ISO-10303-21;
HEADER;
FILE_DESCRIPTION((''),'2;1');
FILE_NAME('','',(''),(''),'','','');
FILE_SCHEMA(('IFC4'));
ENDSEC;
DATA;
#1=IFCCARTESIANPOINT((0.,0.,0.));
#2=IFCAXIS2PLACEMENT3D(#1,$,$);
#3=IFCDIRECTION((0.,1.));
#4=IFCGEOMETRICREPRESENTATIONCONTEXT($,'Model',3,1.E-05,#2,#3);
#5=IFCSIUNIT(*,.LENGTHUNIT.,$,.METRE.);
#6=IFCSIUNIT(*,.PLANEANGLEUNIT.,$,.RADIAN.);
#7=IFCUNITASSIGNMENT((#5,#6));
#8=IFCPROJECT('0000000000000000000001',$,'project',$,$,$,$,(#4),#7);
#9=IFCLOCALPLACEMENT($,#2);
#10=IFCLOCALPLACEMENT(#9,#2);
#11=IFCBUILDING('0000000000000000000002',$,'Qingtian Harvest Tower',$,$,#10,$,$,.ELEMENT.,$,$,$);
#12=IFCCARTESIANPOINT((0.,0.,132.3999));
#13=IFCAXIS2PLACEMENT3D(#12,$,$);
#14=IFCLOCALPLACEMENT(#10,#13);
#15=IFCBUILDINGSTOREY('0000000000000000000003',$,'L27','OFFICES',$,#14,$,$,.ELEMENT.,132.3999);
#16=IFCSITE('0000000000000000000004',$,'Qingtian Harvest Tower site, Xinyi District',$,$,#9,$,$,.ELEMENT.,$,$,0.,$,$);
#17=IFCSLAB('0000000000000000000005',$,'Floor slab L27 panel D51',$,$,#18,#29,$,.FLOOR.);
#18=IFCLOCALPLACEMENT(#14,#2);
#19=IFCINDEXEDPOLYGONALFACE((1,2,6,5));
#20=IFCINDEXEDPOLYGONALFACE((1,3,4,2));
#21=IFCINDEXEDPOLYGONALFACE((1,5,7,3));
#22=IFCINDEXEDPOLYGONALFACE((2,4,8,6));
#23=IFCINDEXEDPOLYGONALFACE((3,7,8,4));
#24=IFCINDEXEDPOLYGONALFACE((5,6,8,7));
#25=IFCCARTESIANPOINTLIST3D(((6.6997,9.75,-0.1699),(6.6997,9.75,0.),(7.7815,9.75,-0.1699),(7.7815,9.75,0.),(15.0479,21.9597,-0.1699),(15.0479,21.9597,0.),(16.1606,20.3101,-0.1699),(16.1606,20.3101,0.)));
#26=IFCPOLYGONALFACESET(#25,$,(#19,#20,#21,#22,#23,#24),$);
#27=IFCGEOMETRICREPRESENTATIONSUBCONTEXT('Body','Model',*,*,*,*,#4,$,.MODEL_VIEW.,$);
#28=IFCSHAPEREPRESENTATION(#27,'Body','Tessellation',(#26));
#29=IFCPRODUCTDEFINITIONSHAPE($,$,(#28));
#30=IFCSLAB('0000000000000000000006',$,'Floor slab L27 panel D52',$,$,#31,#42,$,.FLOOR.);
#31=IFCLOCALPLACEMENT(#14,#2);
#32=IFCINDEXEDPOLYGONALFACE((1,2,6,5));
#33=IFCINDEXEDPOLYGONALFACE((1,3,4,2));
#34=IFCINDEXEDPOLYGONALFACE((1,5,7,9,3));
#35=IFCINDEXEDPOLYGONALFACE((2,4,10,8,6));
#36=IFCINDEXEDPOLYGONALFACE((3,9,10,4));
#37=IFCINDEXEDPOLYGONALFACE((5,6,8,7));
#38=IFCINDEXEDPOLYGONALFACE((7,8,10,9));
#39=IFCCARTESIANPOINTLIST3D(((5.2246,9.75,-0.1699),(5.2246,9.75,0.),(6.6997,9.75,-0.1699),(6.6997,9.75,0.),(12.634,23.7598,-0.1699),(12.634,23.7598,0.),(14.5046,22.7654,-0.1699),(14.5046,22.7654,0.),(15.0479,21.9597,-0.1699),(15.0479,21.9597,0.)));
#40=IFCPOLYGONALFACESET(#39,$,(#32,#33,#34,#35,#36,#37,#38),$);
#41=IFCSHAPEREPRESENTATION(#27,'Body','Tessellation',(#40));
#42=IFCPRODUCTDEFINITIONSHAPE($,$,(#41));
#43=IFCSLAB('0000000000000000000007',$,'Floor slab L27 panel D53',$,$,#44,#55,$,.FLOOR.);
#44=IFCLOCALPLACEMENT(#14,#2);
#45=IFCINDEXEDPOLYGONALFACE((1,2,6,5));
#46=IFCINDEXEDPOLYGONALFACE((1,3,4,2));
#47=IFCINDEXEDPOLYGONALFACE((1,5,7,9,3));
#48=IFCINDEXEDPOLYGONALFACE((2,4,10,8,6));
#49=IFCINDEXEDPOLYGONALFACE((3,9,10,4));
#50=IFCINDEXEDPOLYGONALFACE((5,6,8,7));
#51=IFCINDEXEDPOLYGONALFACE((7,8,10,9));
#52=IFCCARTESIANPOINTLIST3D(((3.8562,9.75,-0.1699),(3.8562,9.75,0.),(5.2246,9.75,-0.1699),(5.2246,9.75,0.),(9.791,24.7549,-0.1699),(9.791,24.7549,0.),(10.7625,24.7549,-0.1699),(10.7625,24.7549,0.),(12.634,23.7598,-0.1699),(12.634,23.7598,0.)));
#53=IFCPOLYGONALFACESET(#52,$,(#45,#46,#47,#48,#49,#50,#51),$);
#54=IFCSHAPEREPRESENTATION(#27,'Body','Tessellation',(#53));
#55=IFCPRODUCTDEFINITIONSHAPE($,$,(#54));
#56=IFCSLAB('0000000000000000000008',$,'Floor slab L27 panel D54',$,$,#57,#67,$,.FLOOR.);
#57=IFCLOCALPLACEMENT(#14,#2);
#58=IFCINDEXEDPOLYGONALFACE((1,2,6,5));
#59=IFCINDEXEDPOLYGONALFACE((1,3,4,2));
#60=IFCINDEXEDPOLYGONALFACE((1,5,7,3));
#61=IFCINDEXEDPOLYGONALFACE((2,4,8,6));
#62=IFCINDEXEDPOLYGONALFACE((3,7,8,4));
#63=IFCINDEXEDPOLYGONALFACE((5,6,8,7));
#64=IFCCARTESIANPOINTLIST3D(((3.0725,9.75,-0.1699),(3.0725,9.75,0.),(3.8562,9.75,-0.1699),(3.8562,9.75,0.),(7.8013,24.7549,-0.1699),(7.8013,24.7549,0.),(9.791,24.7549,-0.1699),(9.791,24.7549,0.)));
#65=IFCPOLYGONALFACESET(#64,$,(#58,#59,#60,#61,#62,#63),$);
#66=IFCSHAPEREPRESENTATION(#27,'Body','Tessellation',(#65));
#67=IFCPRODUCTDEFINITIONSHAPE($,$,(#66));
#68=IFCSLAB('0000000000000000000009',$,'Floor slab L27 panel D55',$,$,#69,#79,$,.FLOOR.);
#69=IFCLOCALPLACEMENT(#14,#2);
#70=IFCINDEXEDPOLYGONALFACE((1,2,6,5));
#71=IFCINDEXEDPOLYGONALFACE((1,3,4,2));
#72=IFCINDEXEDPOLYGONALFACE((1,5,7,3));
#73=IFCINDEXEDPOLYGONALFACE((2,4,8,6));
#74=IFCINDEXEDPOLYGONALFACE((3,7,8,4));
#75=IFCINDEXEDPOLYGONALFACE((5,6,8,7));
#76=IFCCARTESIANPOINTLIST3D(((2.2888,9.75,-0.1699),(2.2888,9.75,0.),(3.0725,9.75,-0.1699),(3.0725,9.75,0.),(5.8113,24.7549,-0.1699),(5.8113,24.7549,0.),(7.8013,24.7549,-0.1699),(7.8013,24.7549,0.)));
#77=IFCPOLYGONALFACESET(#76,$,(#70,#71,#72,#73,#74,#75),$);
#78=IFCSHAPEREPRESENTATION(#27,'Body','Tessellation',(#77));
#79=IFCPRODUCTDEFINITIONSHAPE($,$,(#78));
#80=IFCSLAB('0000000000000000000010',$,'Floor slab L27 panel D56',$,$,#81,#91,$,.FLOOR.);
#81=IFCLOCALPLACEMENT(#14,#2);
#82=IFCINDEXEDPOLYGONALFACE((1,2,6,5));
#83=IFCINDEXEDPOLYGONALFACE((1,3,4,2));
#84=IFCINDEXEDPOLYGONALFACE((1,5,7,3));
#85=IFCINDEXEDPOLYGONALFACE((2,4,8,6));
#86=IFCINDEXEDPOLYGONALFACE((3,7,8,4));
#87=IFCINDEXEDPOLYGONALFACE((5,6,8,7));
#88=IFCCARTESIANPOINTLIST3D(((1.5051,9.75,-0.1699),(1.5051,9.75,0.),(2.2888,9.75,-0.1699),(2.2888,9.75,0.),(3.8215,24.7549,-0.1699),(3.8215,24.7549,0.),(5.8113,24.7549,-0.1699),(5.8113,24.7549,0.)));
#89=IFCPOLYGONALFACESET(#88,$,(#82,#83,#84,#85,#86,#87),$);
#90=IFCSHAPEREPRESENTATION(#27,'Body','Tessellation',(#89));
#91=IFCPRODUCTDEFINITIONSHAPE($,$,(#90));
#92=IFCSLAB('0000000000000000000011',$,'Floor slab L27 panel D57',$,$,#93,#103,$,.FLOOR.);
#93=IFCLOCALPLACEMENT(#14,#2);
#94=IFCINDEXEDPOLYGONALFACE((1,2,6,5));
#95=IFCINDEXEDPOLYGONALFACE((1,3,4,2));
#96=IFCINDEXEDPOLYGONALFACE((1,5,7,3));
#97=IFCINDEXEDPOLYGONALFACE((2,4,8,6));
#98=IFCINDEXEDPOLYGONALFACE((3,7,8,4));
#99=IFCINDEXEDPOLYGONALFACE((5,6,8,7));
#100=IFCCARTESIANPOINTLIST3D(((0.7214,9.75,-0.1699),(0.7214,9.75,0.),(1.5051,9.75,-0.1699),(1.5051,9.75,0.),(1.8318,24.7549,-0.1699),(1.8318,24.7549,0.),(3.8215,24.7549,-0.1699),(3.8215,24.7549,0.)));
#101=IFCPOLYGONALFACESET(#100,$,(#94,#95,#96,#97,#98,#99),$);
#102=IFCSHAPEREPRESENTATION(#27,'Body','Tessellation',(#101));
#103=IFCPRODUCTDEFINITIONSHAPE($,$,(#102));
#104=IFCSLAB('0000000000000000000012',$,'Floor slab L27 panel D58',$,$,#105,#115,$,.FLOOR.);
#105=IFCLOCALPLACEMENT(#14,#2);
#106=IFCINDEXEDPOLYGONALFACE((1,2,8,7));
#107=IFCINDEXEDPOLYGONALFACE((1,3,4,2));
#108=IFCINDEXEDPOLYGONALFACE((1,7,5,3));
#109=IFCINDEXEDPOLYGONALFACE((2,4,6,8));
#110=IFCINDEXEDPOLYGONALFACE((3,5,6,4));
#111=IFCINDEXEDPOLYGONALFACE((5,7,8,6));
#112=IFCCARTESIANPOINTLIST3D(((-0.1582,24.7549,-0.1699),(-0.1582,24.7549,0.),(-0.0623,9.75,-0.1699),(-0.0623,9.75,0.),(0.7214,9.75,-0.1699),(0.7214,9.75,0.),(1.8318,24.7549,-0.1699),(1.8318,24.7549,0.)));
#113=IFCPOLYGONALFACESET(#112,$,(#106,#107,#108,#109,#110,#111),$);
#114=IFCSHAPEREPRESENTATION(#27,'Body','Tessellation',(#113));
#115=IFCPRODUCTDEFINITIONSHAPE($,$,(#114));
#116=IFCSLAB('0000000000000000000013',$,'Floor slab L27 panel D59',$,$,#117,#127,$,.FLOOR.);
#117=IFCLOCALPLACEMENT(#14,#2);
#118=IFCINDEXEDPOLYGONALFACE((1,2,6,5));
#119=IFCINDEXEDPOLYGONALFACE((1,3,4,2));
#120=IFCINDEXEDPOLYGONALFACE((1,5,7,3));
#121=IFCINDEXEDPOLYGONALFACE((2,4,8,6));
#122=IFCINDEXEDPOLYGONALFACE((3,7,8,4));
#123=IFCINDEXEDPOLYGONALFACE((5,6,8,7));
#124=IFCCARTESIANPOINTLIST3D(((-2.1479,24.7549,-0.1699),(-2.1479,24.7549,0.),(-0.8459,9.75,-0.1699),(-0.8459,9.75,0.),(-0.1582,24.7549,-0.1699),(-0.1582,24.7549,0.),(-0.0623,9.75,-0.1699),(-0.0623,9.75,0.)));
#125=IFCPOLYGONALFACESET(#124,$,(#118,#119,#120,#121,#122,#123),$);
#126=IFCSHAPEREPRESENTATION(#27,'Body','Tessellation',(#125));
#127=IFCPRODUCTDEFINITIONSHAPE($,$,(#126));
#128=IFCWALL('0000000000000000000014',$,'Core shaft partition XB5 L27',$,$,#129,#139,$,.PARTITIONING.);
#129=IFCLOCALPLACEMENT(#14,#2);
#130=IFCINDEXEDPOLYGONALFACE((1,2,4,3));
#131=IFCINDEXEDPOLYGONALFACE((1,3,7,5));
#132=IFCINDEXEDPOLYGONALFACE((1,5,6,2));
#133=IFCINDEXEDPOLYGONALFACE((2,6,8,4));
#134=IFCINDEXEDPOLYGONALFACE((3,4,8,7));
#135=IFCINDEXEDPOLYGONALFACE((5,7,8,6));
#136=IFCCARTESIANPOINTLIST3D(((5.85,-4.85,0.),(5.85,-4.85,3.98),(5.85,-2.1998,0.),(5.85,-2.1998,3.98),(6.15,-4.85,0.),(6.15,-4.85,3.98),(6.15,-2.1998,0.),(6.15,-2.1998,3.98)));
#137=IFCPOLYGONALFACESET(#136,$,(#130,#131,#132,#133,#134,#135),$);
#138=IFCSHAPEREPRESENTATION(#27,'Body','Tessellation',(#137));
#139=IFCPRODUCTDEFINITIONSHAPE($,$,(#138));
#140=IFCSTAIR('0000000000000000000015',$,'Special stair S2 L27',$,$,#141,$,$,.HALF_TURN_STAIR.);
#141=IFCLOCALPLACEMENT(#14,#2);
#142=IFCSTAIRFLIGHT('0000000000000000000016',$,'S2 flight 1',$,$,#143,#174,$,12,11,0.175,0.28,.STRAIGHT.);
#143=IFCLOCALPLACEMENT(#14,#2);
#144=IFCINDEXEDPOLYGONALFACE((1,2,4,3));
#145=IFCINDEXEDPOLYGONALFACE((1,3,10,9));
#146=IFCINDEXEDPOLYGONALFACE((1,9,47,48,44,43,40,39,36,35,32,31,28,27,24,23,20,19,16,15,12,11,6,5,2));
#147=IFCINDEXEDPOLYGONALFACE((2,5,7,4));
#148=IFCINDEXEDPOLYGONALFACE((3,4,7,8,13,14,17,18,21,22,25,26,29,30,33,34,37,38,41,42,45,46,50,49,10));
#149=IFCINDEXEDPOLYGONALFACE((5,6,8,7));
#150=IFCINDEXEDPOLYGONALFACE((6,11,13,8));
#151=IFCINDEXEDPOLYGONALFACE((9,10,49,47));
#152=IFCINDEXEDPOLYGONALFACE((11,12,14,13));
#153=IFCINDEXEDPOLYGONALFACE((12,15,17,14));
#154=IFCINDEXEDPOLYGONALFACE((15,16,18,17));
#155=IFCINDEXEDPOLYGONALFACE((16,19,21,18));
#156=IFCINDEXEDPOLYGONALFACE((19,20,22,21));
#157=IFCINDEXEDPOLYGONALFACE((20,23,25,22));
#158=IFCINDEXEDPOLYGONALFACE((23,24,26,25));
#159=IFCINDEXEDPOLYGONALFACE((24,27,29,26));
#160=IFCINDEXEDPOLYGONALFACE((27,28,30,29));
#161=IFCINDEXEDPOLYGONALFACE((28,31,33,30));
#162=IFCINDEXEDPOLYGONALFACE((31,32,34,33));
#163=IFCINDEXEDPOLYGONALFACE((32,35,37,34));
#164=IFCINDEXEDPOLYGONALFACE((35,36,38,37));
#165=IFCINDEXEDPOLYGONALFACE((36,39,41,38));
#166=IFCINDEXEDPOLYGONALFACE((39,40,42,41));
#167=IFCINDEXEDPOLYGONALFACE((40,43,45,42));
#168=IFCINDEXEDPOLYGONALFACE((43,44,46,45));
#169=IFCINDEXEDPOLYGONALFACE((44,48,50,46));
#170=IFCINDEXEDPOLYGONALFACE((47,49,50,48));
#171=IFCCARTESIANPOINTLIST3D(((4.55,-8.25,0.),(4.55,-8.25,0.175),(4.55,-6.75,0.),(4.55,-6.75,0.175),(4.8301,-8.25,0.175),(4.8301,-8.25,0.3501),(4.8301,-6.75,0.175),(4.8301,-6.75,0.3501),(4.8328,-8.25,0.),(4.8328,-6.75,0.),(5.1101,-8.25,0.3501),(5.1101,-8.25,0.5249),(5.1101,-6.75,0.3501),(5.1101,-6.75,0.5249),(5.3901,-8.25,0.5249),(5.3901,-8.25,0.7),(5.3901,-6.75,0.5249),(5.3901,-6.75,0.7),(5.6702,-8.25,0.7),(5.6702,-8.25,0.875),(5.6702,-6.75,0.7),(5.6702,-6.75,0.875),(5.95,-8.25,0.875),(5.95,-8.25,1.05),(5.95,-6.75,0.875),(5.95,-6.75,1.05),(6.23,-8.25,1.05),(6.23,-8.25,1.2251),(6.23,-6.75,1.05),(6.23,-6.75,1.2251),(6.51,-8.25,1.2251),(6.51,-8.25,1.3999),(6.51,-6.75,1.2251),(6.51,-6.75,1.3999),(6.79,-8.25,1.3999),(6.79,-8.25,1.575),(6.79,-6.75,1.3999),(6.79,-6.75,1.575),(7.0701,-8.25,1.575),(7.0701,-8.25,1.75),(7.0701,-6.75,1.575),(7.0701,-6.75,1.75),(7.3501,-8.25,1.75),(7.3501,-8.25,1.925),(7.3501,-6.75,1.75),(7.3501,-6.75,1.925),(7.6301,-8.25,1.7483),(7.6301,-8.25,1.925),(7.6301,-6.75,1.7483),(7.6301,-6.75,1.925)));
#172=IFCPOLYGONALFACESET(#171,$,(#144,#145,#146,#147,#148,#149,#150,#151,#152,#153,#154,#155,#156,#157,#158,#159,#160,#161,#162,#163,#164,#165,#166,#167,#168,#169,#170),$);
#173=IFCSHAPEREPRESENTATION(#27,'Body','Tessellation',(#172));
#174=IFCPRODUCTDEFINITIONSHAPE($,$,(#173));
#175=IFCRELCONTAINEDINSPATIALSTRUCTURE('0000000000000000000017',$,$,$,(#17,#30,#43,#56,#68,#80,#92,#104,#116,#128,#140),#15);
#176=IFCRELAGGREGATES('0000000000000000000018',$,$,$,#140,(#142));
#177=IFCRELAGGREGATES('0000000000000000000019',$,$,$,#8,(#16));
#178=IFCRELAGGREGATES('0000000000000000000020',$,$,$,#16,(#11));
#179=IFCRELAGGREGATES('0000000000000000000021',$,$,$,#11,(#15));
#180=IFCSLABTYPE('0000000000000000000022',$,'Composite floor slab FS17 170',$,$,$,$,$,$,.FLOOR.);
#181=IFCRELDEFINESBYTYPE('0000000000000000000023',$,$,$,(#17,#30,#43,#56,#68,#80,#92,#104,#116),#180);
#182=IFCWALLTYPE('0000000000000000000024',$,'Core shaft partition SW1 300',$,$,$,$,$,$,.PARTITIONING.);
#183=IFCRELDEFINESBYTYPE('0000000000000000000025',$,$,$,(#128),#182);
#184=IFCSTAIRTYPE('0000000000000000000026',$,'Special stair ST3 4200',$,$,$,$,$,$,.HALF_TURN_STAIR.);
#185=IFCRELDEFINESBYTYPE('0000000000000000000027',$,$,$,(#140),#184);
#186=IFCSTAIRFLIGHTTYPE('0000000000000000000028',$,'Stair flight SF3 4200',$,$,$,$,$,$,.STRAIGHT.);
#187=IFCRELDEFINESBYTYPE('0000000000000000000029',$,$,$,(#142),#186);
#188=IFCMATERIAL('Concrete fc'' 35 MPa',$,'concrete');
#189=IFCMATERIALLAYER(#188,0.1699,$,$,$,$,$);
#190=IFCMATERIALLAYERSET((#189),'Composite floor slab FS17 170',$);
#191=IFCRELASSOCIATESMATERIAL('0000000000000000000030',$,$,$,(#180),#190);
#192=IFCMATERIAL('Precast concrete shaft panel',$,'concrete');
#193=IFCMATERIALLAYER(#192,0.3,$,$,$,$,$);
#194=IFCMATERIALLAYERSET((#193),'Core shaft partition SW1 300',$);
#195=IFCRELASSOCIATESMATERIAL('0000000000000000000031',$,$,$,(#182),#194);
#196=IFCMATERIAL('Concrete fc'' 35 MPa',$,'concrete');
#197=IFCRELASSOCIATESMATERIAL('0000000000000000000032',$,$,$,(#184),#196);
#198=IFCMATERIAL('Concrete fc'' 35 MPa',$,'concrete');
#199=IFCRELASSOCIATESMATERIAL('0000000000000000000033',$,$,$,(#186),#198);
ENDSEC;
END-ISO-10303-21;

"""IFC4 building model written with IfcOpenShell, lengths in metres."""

from ifc_helpers import new_model, si_unit, direction, frame, frame_2d, origin, place, context, subcontext, project, spatial, polyline, rectangle, outline, extrude, material, layer, layer_set, type_object, element, aggregate, save


model = new_model("IFC4")

# Units and contexts
model_context = context("Model", 3, precision=1e-05, world=origin(), true_north=direction((0.0, 1.0)))
body_context = subcontext(model_context, "Body", "Model", "MODEL_VIEW")
ifc_project = project(units=[si_unit("LENGTHUNIT", "METRE"), si_unit("PLANEANGLEUNIT", "RADIAN")], contexts=[model_context])

# Site, building, storey
site_placement = place(None, origin())
site = spatial("IfcSite", under=ifc_project, at=site_placement, Name="Qingtian Harvest Tower site, Xinyi District", CompositionType="ELEMENT", RefElevation=0.0)
building_placement = place(site_placement, origin())
building = spatial("IfcBuilding", under=site, at=building_placement, Name="Qingtian Harvest Tower", CompositionType="ELEMENT")
storey_placement = place(building_placement, frame((0.0, 0.0, 132.3999)))
storey = spatial("IfcBuildingStorey", under=building, at=storey_placement, Name="L27", Description="OFFICES", CompositionType="ELEMENT", Elevation=132.3999)

# Slabs
ifc_material_1 = material(Name="Concrete fc' 35 MPa", Category="concrete")
ifc_layer_1 = layer(ifc_material_1, 0.1699)
ifc_layer_set_1 = layer_set([ifc_layer_1], Name="Composite floor slab FS17 170")
slab_type = type_object("IfcSlabType", Name="Composite floor slab FS17 170", PredefinedType="FLOOR", material=ifc_layer_set_1)
slab_1_placement = place(storey_placement, frame((0.0, 0.0, -0.1699)))
element("IfcSlab", 1, at=slab_1_placement, inside=storey, type_object=slab_type, Name="Floor slab L27 panel D51", PredefinedType="FLOOR", context=body_context, shape_type="SweptSolid", body=[
    extrude(outline(polyline([(6.6997, 9.75), (15.0479, 21.9597), (16.1606, 20.3101), (7.7815, 9.75), (6.6997, 9.75)])), origin(), (0.0, 0.0, 1.0), 0.1699),
])
slab_2_placement = place(storey_placement, frame((0.0, 0.0, -0.1699)))
element("IfcSlab", 2, at=slab_2_placement, inside=storey, type_object=slab_type, Name="Floor slab L27 panel D52", PredefinedType="FLOOR", context=body_context, shape_type="SweptSolid", body=[
    extrude(outline(polyline([(6.6997, 9.75), (5.2246, 9.75), (12.634, 23.7598), (14.5046, 22.7654), (15.0479, 21.9597), (6.6997, 9.75)])), origin(), (0.0, 0.0, 1.0), 0.1699),
])
slab_3_placement = place(storey_placement, frame((0.0, 0.0, -0.1699)))
element("IfcSlab", 3, at=slab_3_placement, inside=storey, type_object=slab_type, Name="Floor slab L27 panel D53", PredefinedType="FLOOR", context=body_context, shape_type="SweptSolid", body=[
    extrude(outline(polyline([(3.8562, 9.75), (9.791, 24.7549), (10.7625, 24.7549), (12.634, 23.7598), (5.2246, 9.75), (3.8562, 9.75)])), origin(), (0.0, 0.0, 1.0), 0.1699),
])
slab_4_placement = place(storey_placement, frame((0.0, 0.0, -0.1699)))
element("IfcSlab", 4, at=slab_4_placement, inside=storey, type_object=slab_type, Name="Floor slab L27 panel D54", PredefinedType="FLOOR", context=body_context, shape_type="SweptSolid", body=[
    extrude(outline(polyline([(3.0725, 9.75), (7.8013, 24.7549), (9.791, 24.7549), (3.8562, 9.75), (3.0725, 9.75)])), origin(), (0.0, 0.0, 1.0), 0.1699),
])
slab_5_placement = place(storey_placement, frame((0.0, 0.0, -0.1699)))
element("IfcSlab", 5, at=slab_5_placement, inside=storey, type_object=slab_type, Name="Floor slab L27 panel D55", PredefinedType="FLOOR", context=body_context, shape_type="SweptSolid", body=[
    extrude(outline(polyline([(2.2888, 9.75), (5.8113, 24.7549), (7.8013, 24.7549), (3.0725, 9.75), (2.2888, 9.75)])), origin(), (0.0, 0.0, 1.0), 0.1699),
])
slab_6_placement = place(storey_placement, frame((0.0, 0.0, -0.1699)))
element("IfcSlab", 6, at=slab_6_placement, inside=storey, type_object=slab_type, Name="Floor slab L27 panel D56", PredefinedType="FLOOR", context=body_context, shape_type="SweptSolid", body=[
    extrude(outline(polyline([(1.5051, 9.75), (3.8215, 24.7549), (5.8113, 24.7549), (2.2888, 9.75), (1.5051, 9.75)])), origin(), (0.0, 0.0, 1.0), 0.1699),
])
slab_7_placement = place(storey_placement, frame((0.0, 0.0, -0.1699)))
element("IfcSlab", 7, at=slab_7_placement, inside=storey, type_object=slab_type, Name="Floor slab L27 panel D57", PredefinedType="FLOOR", context=body_context, shape_type="SweptSolid", body=[
    extrude(outline(polyline([(0.7214, 9.75), (1.8318, 24.7549), (3.8215, 24.7549), (1.5051, 9.75), (0.7214, 9.75)])), origin(), (0.0, 0.0, 1.0), 0.1699),
])
slab_8_placement = place(storey_placement, frame((0.0, 0.0, -0.1699)))
element("IfcSlab", 8, at=slab_8_placement, inside=storey, type_object=slab_type, Name="Floor slab L27 panel D58", PredefinedType="FLOOR", context=body_context, shape_type="SweptSolid", body=[
    extrude(outline(polyline([(-0.0623, 9.75), (-0.1582, 24.7549), (1.8318, 24.7549), (0.7214, 9.75), (-0.0623, 9.75)])), origin(), (0.0, 0.0, 1.0), 0.1699),
])
slab_9_placement = place(storey_placement, frame((0.0, 0.0, -0.1699)))
element("IfcSlab", 9, at=slab_9_placement, inside=storey, type_object=slab_type, Name="Floor slab L27 panel D59", PredefinedType="FLOOR", context=body_context, shape_type="SweptSolid", body=[
    extrude(outline(polyline([(-0.8459, 9.75), (-2.1479, 24.7549), (-0.1582, 24.7549), (-0.0623, 9.75), (-0.8459, 9.75)])), origin(), (0.0, 0.0, 1.0), 0.1699),
])

# Wall
ifc_material_2 = material(Name="Precast concrete shaft panel", Category="concrete")
ifc_layer_2 = layer(ifc_material_2, 0.3)
ifc_layer_set_2 = layer_set([ifc_layer_2], Name="Core shaft partition SW1 300")
wall_type_1 = type_object("IfcWallType", Name="Core shaft partition SW1 300", PredefinedType="PARTITIONING", material=ifc_layer_set_2)
wall_1_placement = place(storey_placement, frame((6.0, -4.8501, 0.0), z_axis=(0.0, 0.0, 1.0), x_axis=(0.0, 1.0, 0.0)))
element("IfcWall", 10, at=wall_1_placement, inside=storey, type_object=wall_type_1, Name="Core shaft partition XB5 L27", PredefinedType="PARTITIONING", context=body_context, shape_type="SweptSolid", body=[
    extrude(rectangle(XDim=2.6501, YDim=0.3, at=frame_2d((1.3252, 0.0))), origin(), (0.0, 0.0, 1.0), 3.98),
])

# Stair, stair flight
ifc_material_3 = material(Name="Concrete fc' 35 MPa", Category="concrete")
stair_type = type_object("IfcStairType", Name="Special stair ST3 4200", PredefinedType="HALF_TURN_STAIR", material=ifc_material_3)
stair_placement = place(storey_placement, origin())
stair = element("IfcStair", 11, at=stair_placement, inside=storey, type_object=stair_type, Name="Special stair S2 L27", PredefinedType="HALF_TURN_STAIR")
ifc_material_4 = material(Name="Concrete fc' 35 MPa", Category="concrete")
stair_flight_type = type_object("IfcStairFlightType", Name="Stair flight SF3 4200", PredefinedType="STRAIGHT", material=ifc_material_4)
stair_flight_1_placement = place(storey_placement, frame((4.55, -7.5, 0.0), z_axis=(0.0, 0.0, 1.0), x_axis=(1.0, 0.0, 0.0)))
stair_flight_1 = element("IfcStairFlight", 12, at=stair_flight_1_placement, type_object=stair_flight_type, Name="S2 flight 1", NumberOfRisers=12, NumberOfTreads=11, PredefinedType="STRAIGHT", RiserHeight=0.175, TreadLength=0.28, context=body_context, shape_type="SweptSolid", body=[
    extrude(outline(polyline([(0.0, 0.0), (0.0, 0.175), (0.28, 0.175), (0.28, 0.3501), (0.5601, 0.3501), (0.5601, 0.5249), (0.8401, 0.5249), (0.8401, 0.7), (1.1201, 0.7), (1.1201, 0.875), (1.3999, 0.875), (1.3999, 1.05), (1.6799, 1.05), (1.6799, 1.2251), (1.96, 1.2251), (1.96, 1.3999), (2.24, 1.3999), (2.24, 1.575), (2.52, 1.575), (2.52, 1.75), (2.8, 1.75), (2.8, 1.925), (3.0801, 1.925), (3.0801, 2.1001), (3.0801, 1.7483), (0.2827, 0.0), (0.0, 0.0)])), frame((0.0, 0.75, 0.0), z_axis=(0.0, -1.0, 0.0), x_axis=(1.0, 0.0, 0.0)), (0.0, 0.0, 1.0), 1.5),
])
aggregate(stair, [stair_flight_1])

save(model, "model.ifc")
